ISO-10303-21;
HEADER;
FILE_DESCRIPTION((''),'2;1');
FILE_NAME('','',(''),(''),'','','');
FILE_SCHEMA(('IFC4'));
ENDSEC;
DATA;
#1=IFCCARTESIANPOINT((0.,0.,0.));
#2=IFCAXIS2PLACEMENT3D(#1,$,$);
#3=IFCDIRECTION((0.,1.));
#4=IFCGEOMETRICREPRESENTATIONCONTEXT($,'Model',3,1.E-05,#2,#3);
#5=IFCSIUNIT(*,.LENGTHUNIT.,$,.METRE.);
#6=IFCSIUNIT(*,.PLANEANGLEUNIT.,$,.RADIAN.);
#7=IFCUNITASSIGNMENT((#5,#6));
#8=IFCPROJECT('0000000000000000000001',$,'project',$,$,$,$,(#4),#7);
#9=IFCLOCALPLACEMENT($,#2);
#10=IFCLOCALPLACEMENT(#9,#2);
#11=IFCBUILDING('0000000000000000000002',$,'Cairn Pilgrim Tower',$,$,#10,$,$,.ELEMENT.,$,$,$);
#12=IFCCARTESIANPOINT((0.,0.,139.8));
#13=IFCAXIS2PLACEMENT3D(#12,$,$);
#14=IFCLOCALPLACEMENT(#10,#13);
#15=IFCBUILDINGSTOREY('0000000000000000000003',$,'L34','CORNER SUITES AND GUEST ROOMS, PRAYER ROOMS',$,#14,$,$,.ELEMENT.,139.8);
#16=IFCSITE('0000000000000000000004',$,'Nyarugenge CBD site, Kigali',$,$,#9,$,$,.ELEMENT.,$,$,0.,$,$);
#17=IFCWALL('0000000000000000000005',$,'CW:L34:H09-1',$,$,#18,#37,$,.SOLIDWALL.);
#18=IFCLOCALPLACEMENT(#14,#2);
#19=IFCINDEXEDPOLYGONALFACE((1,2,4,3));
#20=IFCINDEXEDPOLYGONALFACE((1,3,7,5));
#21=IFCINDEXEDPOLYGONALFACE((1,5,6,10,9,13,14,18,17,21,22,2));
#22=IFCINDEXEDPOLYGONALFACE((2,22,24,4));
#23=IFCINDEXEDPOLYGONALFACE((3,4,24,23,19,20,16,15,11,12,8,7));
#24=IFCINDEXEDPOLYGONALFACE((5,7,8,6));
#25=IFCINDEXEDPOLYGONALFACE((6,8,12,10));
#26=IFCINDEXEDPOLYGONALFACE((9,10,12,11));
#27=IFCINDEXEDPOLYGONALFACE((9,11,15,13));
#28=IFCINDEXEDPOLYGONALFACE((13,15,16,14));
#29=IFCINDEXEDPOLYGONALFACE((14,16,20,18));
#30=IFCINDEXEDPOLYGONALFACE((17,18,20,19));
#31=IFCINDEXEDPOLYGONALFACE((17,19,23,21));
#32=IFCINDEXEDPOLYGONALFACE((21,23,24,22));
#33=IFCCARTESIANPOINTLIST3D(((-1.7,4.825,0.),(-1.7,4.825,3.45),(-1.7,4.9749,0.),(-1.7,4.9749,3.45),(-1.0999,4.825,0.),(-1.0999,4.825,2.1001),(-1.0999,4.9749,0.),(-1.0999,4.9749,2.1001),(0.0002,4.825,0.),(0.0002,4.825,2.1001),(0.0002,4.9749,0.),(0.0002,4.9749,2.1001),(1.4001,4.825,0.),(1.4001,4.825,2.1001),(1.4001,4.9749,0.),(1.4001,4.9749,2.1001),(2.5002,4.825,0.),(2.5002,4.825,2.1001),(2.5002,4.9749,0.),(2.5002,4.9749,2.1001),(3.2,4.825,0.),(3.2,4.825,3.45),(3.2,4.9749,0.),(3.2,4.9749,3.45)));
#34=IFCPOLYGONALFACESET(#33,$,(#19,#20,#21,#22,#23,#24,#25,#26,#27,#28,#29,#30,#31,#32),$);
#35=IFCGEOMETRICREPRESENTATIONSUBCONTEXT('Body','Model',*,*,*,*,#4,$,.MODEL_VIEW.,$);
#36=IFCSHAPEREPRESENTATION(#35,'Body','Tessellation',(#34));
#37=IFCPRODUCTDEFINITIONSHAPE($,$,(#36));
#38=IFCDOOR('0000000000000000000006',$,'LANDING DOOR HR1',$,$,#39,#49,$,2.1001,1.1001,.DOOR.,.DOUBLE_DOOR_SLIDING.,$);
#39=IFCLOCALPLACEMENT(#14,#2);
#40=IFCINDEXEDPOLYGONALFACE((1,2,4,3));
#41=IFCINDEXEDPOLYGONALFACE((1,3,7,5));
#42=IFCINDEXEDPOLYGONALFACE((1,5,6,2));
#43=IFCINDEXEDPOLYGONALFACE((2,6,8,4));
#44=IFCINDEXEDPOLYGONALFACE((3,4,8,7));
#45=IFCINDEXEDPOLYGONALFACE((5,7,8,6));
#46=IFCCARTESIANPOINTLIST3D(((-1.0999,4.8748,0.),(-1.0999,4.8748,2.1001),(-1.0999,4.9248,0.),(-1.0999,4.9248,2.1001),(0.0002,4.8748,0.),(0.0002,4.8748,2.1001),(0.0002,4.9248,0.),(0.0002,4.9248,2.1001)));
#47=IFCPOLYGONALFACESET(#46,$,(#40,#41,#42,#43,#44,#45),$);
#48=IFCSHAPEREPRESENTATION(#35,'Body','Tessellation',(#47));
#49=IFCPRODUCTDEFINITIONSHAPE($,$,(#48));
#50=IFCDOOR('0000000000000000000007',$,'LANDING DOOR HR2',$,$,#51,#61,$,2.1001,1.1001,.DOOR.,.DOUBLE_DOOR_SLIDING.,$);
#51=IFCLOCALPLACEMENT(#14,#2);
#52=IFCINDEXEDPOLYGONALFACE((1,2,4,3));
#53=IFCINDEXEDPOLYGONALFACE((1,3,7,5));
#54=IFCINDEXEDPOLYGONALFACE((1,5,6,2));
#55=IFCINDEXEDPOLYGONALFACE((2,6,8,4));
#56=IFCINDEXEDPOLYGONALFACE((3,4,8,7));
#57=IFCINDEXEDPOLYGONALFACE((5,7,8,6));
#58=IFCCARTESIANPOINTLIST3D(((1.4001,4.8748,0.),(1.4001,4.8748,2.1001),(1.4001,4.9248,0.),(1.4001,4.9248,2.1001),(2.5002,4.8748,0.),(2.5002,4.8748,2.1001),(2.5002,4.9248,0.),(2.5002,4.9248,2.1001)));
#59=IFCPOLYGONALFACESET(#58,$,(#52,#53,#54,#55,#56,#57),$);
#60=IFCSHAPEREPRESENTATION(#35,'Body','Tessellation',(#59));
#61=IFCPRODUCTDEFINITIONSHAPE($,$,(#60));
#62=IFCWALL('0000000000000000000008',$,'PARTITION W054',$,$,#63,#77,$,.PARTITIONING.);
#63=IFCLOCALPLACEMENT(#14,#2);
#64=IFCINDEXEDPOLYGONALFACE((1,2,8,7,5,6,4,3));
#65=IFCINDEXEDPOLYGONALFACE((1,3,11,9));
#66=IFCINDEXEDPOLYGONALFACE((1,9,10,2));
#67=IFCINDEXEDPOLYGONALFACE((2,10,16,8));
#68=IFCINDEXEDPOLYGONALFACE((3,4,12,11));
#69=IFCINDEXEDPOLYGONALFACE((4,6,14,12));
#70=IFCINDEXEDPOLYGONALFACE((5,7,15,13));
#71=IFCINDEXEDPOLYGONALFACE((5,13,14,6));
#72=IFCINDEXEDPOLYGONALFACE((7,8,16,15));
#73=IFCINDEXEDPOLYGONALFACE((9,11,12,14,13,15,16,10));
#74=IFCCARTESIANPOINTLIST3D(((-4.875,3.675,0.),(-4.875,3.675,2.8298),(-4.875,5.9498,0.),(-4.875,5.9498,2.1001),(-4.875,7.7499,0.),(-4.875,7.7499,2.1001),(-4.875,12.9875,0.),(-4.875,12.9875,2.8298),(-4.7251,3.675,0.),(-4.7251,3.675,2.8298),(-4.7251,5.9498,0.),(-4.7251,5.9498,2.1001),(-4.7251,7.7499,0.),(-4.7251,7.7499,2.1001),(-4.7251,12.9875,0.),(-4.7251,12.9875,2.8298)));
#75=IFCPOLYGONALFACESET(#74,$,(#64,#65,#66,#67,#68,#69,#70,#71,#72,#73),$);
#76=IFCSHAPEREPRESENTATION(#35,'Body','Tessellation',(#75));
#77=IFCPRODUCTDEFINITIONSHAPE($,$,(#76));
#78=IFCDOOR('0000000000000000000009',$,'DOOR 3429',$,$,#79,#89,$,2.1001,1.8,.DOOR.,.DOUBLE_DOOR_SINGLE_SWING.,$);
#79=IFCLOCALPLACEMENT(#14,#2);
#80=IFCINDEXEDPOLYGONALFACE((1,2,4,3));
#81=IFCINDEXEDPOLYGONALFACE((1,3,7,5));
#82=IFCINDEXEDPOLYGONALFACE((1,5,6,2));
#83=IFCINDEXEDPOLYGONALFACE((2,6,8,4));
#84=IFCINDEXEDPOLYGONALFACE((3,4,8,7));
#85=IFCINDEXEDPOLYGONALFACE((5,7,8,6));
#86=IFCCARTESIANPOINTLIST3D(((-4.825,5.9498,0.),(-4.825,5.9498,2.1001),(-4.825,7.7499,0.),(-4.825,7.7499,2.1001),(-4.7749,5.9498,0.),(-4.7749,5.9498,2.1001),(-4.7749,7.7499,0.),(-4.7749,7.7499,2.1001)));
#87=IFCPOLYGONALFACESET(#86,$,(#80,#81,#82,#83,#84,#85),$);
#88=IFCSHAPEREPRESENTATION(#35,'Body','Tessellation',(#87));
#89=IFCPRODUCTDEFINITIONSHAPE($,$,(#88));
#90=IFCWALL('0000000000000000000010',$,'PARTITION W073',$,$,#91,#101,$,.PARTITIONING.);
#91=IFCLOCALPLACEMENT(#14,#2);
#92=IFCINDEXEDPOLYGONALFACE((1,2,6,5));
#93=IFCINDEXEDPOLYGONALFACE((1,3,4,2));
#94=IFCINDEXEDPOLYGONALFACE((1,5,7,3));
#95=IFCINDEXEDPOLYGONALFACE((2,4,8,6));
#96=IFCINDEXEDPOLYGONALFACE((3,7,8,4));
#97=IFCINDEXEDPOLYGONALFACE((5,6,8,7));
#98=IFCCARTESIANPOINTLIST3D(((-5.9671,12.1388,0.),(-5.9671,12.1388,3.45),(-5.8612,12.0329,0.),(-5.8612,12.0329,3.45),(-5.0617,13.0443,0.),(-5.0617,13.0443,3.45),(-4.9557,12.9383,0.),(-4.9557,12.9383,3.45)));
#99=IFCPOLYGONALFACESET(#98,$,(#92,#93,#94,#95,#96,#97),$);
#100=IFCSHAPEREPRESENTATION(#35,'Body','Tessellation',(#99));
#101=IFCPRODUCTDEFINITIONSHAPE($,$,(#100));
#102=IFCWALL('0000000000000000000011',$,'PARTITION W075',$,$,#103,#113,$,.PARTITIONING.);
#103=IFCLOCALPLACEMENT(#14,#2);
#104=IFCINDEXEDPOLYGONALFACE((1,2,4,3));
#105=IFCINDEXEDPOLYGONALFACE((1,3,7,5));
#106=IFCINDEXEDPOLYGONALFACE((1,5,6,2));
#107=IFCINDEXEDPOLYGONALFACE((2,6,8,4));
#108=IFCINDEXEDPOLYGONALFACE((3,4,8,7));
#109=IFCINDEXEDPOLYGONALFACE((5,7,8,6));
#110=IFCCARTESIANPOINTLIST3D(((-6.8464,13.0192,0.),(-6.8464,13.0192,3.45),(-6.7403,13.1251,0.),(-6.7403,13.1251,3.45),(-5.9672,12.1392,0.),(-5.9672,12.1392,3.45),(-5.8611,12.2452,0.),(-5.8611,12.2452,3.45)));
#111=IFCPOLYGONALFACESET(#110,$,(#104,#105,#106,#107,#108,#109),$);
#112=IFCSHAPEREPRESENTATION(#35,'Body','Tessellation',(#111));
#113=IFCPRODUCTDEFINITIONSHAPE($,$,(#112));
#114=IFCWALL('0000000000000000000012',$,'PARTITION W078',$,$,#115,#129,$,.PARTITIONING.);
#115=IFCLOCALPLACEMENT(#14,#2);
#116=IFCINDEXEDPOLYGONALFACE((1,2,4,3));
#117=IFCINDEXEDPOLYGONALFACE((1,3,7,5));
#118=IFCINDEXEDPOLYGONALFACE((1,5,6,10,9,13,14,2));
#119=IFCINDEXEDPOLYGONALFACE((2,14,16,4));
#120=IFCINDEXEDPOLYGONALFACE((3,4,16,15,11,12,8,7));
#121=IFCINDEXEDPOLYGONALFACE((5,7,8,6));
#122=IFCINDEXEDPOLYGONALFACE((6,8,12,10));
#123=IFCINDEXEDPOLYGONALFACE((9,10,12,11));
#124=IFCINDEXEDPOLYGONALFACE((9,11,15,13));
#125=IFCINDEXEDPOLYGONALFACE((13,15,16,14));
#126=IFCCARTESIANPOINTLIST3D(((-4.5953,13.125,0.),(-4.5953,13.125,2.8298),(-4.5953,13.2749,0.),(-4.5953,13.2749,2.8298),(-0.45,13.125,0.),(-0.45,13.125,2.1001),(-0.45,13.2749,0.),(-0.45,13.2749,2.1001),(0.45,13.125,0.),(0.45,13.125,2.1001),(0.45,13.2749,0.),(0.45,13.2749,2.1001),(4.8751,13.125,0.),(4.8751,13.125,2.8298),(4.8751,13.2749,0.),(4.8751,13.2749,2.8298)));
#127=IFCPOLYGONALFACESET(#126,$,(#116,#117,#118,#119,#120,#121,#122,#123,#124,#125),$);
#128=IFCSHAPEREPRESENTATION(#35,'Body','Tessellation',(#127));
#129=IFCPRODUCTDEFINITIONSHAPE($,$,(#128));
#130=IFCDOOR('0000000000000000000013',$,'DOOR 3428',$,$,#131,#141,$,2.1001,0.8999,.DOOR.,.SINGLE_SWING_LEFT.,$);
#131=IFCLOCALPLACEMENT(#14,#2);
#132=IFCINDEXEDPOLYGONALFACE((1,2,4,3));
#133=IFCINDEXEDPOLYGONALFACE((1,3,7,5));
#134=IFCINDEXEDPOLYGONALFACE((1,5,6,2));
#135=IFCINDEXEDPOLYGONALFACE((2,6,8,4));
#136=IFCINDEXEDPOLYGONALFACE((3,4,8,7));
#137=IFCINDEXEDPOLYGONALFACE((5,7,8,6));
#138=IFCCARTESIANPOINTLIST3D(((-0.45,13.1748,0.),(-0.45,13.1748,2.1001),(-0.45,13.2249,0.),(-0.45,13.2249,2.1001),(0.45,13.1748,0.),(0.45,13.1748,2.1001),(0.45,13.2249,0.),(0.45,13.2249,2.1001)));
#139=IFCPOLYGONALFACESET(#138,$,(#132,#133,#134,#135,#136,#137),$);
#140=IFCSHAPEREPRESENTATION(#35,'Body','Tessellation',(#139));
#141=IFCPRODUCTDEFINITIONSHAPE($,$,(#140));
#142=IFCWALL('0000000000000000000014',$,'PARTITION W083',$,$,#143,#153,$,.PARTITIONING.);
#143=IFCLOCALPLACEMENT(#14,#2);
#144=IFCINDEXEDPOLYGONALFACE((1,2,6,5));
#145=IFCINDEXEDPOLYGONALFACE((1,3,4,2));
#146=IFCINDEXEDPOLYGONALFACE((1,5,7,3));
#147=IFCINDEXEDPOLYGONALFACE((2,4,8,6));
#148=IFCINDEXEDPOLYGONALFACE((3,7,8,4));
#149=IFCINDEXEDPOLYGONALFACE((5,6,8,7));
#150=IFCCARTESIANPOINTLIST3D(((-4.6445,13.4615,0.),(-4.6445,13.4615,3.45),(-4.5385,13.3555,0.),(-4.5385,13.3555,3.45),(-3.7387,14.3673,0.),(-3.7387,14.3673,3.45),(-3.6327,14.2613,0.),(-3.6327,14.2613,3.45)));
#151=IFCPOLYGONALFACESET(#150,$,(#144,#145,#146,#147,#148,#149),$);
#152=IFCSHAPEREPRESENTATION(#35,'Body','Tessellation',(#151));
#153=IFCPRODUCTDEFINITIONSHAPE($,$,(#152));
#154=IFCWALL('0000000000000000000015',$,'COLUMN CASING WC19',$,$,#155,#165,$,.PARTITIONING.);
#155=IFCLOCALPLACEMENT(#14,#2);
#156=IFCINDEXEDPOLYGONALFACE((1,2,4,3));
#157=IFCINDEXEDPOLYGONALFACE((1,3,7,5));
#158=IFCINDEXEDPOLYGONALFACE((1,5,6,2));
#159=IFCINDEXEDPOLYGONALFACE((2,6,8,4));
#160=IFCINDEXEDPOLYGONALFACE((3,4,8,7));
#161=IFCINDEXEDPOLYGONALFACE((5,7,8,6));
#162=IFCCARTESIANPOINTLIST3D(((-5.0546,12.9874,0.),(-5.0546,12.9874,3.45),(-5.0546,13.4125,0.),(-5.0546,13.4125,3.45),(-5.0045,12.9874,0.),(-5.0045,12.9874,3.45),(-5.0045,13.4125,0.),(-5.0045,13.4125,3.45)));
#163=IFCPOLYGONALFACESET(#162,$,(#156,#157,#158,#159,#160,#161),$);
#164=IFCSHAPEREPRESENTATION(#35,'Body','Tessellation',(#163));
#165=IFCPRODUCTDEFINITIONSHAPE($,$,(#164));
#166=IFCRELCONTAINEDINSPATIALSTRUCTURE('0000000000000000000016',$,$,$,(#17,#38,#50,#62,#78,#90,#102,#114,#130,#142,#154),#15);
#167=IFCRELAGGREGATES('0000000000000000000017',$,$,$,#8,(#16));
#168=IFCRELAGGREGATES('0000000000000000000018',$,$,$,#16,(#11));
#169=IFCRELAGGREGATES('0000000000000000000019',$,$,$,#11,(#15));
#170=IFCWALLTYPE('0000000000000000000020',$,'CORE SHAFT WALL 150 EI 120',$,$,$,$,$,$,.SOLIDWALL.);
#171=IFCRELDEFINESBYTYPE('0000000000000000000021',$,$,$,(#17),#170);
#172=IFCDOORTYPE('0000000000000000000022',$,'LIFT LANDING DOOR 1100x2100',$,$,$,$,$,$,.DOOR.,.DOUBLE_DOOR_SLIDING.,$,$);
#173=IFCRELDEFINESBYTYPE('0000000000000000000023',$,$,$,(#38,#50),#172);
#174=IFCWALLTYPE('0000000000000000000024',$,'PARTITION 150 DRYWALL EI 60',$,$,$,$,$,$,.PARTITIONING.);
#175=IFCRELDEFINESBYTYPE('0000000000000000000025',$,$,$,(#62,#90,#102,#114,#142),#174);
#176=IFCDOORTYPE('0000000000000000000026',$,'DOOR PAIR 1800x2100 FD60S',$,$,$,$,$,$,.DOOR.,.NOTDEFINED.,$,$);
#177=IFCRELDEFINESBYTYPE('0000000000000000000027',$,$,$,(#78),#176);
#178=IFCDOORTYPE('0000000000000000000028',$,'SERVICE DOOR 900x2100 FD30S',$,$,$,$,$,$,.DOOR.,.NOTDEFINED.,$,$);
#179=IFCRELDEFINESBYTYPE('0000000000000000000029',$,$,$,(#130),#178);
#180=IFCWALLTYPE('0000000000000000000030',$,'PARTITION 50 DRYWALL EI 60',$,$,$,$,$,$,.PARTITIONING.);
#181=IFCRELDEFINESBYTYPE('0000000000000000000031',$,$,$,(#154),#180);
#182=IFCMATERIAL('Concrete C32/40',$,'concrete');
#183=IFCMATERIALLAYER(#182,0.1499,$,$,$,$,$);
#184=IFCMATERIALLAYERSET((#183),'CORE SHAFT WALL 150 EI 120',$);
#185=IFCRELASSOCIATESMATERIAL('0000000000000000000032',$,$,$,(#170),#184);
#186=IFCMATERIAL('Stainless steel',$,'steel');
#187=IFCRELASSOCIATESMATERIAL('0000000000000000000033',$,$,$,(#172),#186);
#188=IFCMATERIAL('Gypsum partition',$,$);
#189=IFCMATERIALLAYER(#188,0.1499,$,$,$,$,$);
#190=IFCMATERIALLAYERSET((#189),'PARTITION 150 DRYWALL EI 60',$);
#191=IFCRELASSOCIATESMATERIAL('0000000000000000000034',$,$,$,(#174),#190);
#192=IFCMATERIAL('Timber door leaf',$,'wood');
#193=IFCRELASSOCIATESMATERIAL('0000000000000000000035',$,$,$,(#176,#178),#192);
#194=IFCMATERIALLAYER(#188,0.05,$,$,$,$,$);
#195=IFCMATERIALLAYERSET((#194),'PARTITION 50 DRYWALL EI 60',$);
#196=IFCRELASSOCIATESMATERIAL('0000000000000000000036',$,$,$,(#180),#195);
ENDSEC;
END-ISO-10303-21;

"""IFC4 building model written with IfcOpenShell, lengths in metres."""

from ifc_helpers import new_model, si_unit, direction, frame, frame_2d, origin, place, context, subcontext, project, spatial, rectangle, extrude, material, layer, layer_set, type_object, element, fill, save


model = new_model("IFC4")

# Units and contexts
model_context = context("Model", 3, precision=1e-05, world=origin(), true_north=direction((0.0, 1.0)))
body_context = subcontext(model_context, "Body", "Model", "MODEL_VIEW")
ifc_project = project(units=[si_unit("LENGTHUNIT", "METRE"), si_unit("PLANEANGLEUNIT", "RADIAN")], contexts=[model_context])

# Site, building, storey
site_placement = place(None, origin())
site = spatial("IfcSite", under=ifc_project, at=site_placement, Name="Nyarugenge CBD site, Kigali", CompositionType="ELEMENT", RefElevation=0.0)
building_placement = place(site_placement, origin())
building = spatial("IfcBuilding", under=site, at=building_placement, Name="Cairn Pilgrim Tower", CompositionType="ELEMENT")
storey_placement = place(building_placement, frame((0.0, 0.0, 139.8)))
storey = spatial("IfcBuildingStorey", under=building, at=storey_placement, Name="L34", Description="CORNER SUITES AND GUEST ROOMS, PRAYER ROOMS", CompositionType="ELEMENT", Elevation=139.8)

# Wall, openings, doors
ifc_material_1 = material(Name="Concrete C32/40", Category="concrete")
ifc_layer_1 = layer(ifc_material_1, 0.1499)
ifc_layer_set_1 = layer_set([ifc_layer_1], Name="CORE SHAFT WALL 150 EI 120")
wall_type_1 = type_object("IfcWallType", Name="CORE SHAFT WALL 150 EI 120", PredefinedType="SOLIDWALL", material=ifc_layer_set_1)
wall_1_placement = place(storey_placement, frame((-1.7, 4.8999, 0.0), z_axis=(0.0, 0.0, 1.0), x_axis=(1.0, 0.0, 0.0)))
wall_1 = element("IfcWall", 1, at=wall_1_placement, inside=storey, type_object=wall_type_1, Name="CW:L34:H09-1", PredefinedType="SOLIDWALL", context=body_context, shape_type="SweptSolid", body=[
    extrude(rectangle(XDim=4.8999, YDim=0.1499, at=frame_2d((2.45, 0.0))), origin(), (0.0, 0.0, 1.0), 3.45),
])
opening_1_placement = place(wall_1_placement, frame((0.6001, 0.0, 0.0)))
opening_1 = element("IfcOpeningElement", 2, at=opening_1_placement, cuts=wall_1, PredefinedType="OPENING", context=body_context, shape_type="SweptSolid", body=[
    extrude(rectangle(XDim=1.1001, YDim=2.1001, at=frame_2d((0.55, 1.05))), frame((0.0, 0.085, 0.0), z_axis=(0.0, -1.0, 0.0), x_axis=(1.0, 0.0, 0.0)), (0.0, 0.0, 1.0), 0.1699),
])
opening_2_placement = place(wall_1_placement, frame((3.1001, 0.0, 0.0)))
opening_2 = element("IfcOpeningElement", 3, at=opening_2_placement, cuts=wall_1, PredefinedType="OPENING", context=body_context, shape_type="SweptSolid", body=[
    extrude(rectangle(XDim=1.1001, YDim=2.1001, at=frame_2d((0.55, 1.05))), frame((0.0, 0.085, 0.0), z_axis=(0.0, -1.0, 0.0), x_axis=(1.0, 0.0, 0.0)), (0.0, 0.0, 1.0), 0.1699),
])
ifc_material_2 = material(Name="Stainless steel", Category="steel")
door_type_1 = type_object("IfcDoorType", Name="LIFT LANDING DOOR 1100x2100", OperationType="DOUBLE_DOOR_SLIDING", PredefinedType="DOOR", material=ifc_material_2)
door_1_placement = place(opening_1_placement, origin())
door_1 = element("IfcDoor", 4, at=door_1_placement, inside=storey, type_object=door_type_1, Name="LANDING DOOR HR1", OperationType="DOUBLE_DOOR_SLIDING", OverallHeight=2.1001, OverallWidth=1.1001, PredefinedType="DOOR", context=body_context, shape_type="SweptSolid", body=[
    extrude(rectangle(XDim=1.1001, YDim=2.1001, at=frame_2d((0.55, 1.05))), frame((0.0, 0.0249, 0.0), z_axis=(0.0, -1.0, 0.0), x_axis=(1.0, 0.0, 0.0)), (0.0, 0.0, 1.0), 0.05),
])
fill(opening_1, door_1)
door_2_placement = place(opening_2_placement, origin())
door_2 = element("IfcDoor", 5, at=door_2_placement, inside=storey, type_object=door_type_1, Name="LANDING DOOR HR2", OperationType="DOUBLE_DOOR_SLIDING", OverallHeight=2.1001, OverallWidth=1.1001, PredefinedType="DOOR", context=body_context, shape_type="SweptSolid", body=[
    extrude(rectangle(XDim=1.1001, YDim=2.1001, at=frame_2d((0.55, 1.05))), frame((0.0, 0.0249, 0.0), z_axis=(0.0, -1.0, 0.0), x_axis=(1.0, 0.0, 0.0)), (0.0, 0.0, 1.0), 0.05),
])
fill(opening_2, door_2)

# Wall, opening, door
ifc_material_3 = material(Name="Gypsum partition")
ifc_layer_2 = layer(ifc_material_3, 0.1499)
ifc_layer_set_2 = layer_set([ifc_layer_2], Name="PARTITION 150 DRYWALL EI 60")
wall_type_2 = type_object("IfcWallType", Name="PARTITION 150 DRYWALL EI 60", PredefinedType="PARTITIONING", material=ifc_layer_set_2)
wall_2_placement = place(storey_placement, frame((-4.8, 3.675, 0.0), z_axis=(0.0, 0.0, 1.0), x_axis=(0.0, 1.0, 0.0)))
wall_2 = element("IfcWall", 6, at=wall_2_placement, inside=storey, type_object=wall_type_2, Name="PARTITION W054", PredefinedType="PARTITIONING", context=body_context, shape_type="SweptSolid", body=[
    extrude(rectangle(XDim=9.3125, YDim=0.1499, at=frame_2d((4.6562, 0.0))), origin(), (0.0, 0.0, 1.0), 2.8298),
])
opening_3_placement = place(wall_2_placement, frame((2.2749, 0.0, 0.0)))
opening_3 = element("IfcOpeningElement", 7, at=opening_3_placement, cuts=wall_2, PredefinedType="OPENING", context=body_context, shape_type="SweptSolid", body=[
    extrude(rectangle(XDim=1.8, YDim=2.1001, at=frame_2d((0.8999, 1.05))), frame((0.0, 0.085, 0.0), z_axis=(0.0, -1.0, 0.0), x_axis=(1.0, 0.0, 0.0)), (0.0, 0.0, 1.0), 0.1699),
])
ifc_material_4 = material(Name="Timber door leaf", Category="wood")
door_type_2 = type_object("IfcDoorType", Name="DOOR PAIR 1800x2100 FD60S", OperationType="NOTDEFINED", PredefinedType="DOOR", material=ifc_material_4)
door_3_placement = place(opening_3_placement, origin())
door_3 = element("IfcDoor", 8, at=door_3_placement, inside=storey, type_object=door_type_2, Name="DOOR 3429", OperationType="DOUBLE_DOOR_SINGLE_SWING", OverallHeight=2.1001, OverallWidth=1.8, PredefinedType="DOOR", context=body_context, shape_type="SweptSolid", body=[
    extrude(rectangle(XDim=1.8, YDim=2.1001, at=frame_2d((0.8999, 1.05))), frame((0.0, 0.0249, 0.0), z_axis=(0.0, -1.0, 0.0), x_axis=(1.0, 0.0, 0.0)), (0.0, 0.0, 1.0), 0.05),
])
fill(opening_3, door_3)

# Walls
wall_3_placement = place(storey_placement, frame((-5.9141, 12.0859, 0.0), z_axis=(0.0, 0.0, 1.0), x_axis=(0.707107, 0.707107, 0.0)))
element("IfcWall", 9, at=wall_3_placement, inside=storey, type_object=wall_type_2, Name="PARTITION W073", PredefinedType="PARTITIONING", context=body_context, shape_type="SweptSolid", body=[
    extrude(rectangle(XDim=1.2805, YDim=0.1499, at=frame_2d((0.6401, 0.0))), origin(), (0.0, 0.0, 1.0), 3.45),
])
wall_4_placement = place(storey_placement, frame((-5.9141, 12.1921, 0.0), z_axis=(0.0, 0.0, 1.0), x_axis=(-0.706812, 0.707401, 0.0)))
element("IfcWall", 10, at=wall_4_placement, inside=storey, type_object=wall_type_2, Name="PARTITION W075", PredefinedType="PARTITIONING", context=body_context, shape_type="SweptSolid", body=[
    extrude(rectangle(XDim=1.2439, YDim=0.1499, at=frame_2d((0.6221, 0.0))), origin(), (0.0, 0.0, 1.0), 3.45),
])

# Wall, opening, door
wall_5_placement = place(storey_placement, frame((-4.5955, 13.2, 0.0), z_axis=(0.0, 0.0, 1.0), x_axis=(1.0, 0.0, 0.0)))
wall_5 = element("IfcWall", 11, at=wall_5_placement, inside=storey, type_object=wall_type_2, Name="PARTITION W078", PredefinedType="PARTITIONING", context=body_context, shape_type="SweptSolid", body=[
    extrude(rectangle(XDim=9.4705, YDim=0.1499, at=frame_2d((4.7354, 0.0))), origin(), (0.0, 0.0, 1.0), 2.8298),
])
opening_4_placement = place(wall_5_placement, frame((4.1455, 0.0, 0.0)))
opening_4 = element("IfcOpeningElement", 12, at=opening_4_placement, cuts=wall_5, PredefinedType="OPENING", context=body_context, shape_type="SweptSolid", body=[
    extrude(rectangle(XDim=0.8999, YDim=2.1001, at=frame_2d((0.45, 1.05))), frame((0.0, 0.085, 0.0), z_axis=(0.0, -1.0, 0.0), x_axis=(1.0, 0.0, 0.0)), (0.0, 0.0, 1.0), 0.1699),
])
door_type_3 = type_object("IfcDoorType", Name="SERVICE DOOR 900x2100 FD30S", OperationType="NOTDEFINED", PredefinedType="DOOR", material=ifc_material_4)
door_4_placement = place(opening_4_placement, origin())
door_4 = element("IfcDoor", 13, at=door_4_placement, inside=storey, type_object=door_type_3, Name="DOOR 3428", OperationType="SINGLE_SWING_LEFT", OverallHeight=2.1001, OverallWidth=0.8999, PredefinedType="DOOR", context=body_context, shape_type="SweptSolid", body=[
    extrude(rectangle(XDim=0.8999, YDim=2.1001, at=frame_2d((0.45, 1.05))), frame((0.0, 0.0249, 0.0), z_axis=(0.0, -1.0, 0.0), x_axis=(1.0, 0.0, 0.0)), (0.0, 0.0, 1.0), 0.05),
])
fill(opening_4, door_4)

# Walls
wall_6_placement = place(storey_placement, frame((-4.5916, 13.4084, 0.0), z_axis=(0.0, 0.0, 1.0), x_axis=(0.707107, 0.707107, 0.0)))
element("IfcWall", 14, at=wall_6_placement, inside=storey, type_object=wall_type_2, Name="PARTITION W083", PredefinedType="PARTITIONING", context=body_context, shape_type="SweptSolid", body=[
    extrude(rectangle(XDim=1.281, YDim=0.1499, at=frame_2d((0.6406, 0.0))), origin(), (0.0, 0.0, 1.0), 3.45),
])
ifc_layer_3 = layer(ifc_material_3, 0.05)
ifc_layer_set_3 = layer_set([ifc_layer_3], Name="PARTITION 50 DRYWALL EI 60")
wall_type_3 = type_object("IfcWallType", Name="PARTITION 50 DRYWALL EI 60", PredefinedType="PARTITIONING", material=ifc_layer_set_3)
wall_7_placement = place(storey_placement, frame((-5.0295, 12.9875, 0.0), z_axis=(0.0, 0.0, 1.0), x_axis=(0.0, 1.0, 0.0)))
element("IfcWall", 15, at=wall_7_placement, inside=storey, type_object=wall_type_3, Name="COLUMN CASING WC19", PredefinedType="PARTITIONING", context=body_context, shape_type="SweptSolid", body=[
    extrude(rectangle(XDim=0.425, YDim=0.05, at=frame_2d((0.2124, 0.0))), origin(), (0.0, 0.0, 1.0), 3.45),
])

save(model, "model.ifc")
